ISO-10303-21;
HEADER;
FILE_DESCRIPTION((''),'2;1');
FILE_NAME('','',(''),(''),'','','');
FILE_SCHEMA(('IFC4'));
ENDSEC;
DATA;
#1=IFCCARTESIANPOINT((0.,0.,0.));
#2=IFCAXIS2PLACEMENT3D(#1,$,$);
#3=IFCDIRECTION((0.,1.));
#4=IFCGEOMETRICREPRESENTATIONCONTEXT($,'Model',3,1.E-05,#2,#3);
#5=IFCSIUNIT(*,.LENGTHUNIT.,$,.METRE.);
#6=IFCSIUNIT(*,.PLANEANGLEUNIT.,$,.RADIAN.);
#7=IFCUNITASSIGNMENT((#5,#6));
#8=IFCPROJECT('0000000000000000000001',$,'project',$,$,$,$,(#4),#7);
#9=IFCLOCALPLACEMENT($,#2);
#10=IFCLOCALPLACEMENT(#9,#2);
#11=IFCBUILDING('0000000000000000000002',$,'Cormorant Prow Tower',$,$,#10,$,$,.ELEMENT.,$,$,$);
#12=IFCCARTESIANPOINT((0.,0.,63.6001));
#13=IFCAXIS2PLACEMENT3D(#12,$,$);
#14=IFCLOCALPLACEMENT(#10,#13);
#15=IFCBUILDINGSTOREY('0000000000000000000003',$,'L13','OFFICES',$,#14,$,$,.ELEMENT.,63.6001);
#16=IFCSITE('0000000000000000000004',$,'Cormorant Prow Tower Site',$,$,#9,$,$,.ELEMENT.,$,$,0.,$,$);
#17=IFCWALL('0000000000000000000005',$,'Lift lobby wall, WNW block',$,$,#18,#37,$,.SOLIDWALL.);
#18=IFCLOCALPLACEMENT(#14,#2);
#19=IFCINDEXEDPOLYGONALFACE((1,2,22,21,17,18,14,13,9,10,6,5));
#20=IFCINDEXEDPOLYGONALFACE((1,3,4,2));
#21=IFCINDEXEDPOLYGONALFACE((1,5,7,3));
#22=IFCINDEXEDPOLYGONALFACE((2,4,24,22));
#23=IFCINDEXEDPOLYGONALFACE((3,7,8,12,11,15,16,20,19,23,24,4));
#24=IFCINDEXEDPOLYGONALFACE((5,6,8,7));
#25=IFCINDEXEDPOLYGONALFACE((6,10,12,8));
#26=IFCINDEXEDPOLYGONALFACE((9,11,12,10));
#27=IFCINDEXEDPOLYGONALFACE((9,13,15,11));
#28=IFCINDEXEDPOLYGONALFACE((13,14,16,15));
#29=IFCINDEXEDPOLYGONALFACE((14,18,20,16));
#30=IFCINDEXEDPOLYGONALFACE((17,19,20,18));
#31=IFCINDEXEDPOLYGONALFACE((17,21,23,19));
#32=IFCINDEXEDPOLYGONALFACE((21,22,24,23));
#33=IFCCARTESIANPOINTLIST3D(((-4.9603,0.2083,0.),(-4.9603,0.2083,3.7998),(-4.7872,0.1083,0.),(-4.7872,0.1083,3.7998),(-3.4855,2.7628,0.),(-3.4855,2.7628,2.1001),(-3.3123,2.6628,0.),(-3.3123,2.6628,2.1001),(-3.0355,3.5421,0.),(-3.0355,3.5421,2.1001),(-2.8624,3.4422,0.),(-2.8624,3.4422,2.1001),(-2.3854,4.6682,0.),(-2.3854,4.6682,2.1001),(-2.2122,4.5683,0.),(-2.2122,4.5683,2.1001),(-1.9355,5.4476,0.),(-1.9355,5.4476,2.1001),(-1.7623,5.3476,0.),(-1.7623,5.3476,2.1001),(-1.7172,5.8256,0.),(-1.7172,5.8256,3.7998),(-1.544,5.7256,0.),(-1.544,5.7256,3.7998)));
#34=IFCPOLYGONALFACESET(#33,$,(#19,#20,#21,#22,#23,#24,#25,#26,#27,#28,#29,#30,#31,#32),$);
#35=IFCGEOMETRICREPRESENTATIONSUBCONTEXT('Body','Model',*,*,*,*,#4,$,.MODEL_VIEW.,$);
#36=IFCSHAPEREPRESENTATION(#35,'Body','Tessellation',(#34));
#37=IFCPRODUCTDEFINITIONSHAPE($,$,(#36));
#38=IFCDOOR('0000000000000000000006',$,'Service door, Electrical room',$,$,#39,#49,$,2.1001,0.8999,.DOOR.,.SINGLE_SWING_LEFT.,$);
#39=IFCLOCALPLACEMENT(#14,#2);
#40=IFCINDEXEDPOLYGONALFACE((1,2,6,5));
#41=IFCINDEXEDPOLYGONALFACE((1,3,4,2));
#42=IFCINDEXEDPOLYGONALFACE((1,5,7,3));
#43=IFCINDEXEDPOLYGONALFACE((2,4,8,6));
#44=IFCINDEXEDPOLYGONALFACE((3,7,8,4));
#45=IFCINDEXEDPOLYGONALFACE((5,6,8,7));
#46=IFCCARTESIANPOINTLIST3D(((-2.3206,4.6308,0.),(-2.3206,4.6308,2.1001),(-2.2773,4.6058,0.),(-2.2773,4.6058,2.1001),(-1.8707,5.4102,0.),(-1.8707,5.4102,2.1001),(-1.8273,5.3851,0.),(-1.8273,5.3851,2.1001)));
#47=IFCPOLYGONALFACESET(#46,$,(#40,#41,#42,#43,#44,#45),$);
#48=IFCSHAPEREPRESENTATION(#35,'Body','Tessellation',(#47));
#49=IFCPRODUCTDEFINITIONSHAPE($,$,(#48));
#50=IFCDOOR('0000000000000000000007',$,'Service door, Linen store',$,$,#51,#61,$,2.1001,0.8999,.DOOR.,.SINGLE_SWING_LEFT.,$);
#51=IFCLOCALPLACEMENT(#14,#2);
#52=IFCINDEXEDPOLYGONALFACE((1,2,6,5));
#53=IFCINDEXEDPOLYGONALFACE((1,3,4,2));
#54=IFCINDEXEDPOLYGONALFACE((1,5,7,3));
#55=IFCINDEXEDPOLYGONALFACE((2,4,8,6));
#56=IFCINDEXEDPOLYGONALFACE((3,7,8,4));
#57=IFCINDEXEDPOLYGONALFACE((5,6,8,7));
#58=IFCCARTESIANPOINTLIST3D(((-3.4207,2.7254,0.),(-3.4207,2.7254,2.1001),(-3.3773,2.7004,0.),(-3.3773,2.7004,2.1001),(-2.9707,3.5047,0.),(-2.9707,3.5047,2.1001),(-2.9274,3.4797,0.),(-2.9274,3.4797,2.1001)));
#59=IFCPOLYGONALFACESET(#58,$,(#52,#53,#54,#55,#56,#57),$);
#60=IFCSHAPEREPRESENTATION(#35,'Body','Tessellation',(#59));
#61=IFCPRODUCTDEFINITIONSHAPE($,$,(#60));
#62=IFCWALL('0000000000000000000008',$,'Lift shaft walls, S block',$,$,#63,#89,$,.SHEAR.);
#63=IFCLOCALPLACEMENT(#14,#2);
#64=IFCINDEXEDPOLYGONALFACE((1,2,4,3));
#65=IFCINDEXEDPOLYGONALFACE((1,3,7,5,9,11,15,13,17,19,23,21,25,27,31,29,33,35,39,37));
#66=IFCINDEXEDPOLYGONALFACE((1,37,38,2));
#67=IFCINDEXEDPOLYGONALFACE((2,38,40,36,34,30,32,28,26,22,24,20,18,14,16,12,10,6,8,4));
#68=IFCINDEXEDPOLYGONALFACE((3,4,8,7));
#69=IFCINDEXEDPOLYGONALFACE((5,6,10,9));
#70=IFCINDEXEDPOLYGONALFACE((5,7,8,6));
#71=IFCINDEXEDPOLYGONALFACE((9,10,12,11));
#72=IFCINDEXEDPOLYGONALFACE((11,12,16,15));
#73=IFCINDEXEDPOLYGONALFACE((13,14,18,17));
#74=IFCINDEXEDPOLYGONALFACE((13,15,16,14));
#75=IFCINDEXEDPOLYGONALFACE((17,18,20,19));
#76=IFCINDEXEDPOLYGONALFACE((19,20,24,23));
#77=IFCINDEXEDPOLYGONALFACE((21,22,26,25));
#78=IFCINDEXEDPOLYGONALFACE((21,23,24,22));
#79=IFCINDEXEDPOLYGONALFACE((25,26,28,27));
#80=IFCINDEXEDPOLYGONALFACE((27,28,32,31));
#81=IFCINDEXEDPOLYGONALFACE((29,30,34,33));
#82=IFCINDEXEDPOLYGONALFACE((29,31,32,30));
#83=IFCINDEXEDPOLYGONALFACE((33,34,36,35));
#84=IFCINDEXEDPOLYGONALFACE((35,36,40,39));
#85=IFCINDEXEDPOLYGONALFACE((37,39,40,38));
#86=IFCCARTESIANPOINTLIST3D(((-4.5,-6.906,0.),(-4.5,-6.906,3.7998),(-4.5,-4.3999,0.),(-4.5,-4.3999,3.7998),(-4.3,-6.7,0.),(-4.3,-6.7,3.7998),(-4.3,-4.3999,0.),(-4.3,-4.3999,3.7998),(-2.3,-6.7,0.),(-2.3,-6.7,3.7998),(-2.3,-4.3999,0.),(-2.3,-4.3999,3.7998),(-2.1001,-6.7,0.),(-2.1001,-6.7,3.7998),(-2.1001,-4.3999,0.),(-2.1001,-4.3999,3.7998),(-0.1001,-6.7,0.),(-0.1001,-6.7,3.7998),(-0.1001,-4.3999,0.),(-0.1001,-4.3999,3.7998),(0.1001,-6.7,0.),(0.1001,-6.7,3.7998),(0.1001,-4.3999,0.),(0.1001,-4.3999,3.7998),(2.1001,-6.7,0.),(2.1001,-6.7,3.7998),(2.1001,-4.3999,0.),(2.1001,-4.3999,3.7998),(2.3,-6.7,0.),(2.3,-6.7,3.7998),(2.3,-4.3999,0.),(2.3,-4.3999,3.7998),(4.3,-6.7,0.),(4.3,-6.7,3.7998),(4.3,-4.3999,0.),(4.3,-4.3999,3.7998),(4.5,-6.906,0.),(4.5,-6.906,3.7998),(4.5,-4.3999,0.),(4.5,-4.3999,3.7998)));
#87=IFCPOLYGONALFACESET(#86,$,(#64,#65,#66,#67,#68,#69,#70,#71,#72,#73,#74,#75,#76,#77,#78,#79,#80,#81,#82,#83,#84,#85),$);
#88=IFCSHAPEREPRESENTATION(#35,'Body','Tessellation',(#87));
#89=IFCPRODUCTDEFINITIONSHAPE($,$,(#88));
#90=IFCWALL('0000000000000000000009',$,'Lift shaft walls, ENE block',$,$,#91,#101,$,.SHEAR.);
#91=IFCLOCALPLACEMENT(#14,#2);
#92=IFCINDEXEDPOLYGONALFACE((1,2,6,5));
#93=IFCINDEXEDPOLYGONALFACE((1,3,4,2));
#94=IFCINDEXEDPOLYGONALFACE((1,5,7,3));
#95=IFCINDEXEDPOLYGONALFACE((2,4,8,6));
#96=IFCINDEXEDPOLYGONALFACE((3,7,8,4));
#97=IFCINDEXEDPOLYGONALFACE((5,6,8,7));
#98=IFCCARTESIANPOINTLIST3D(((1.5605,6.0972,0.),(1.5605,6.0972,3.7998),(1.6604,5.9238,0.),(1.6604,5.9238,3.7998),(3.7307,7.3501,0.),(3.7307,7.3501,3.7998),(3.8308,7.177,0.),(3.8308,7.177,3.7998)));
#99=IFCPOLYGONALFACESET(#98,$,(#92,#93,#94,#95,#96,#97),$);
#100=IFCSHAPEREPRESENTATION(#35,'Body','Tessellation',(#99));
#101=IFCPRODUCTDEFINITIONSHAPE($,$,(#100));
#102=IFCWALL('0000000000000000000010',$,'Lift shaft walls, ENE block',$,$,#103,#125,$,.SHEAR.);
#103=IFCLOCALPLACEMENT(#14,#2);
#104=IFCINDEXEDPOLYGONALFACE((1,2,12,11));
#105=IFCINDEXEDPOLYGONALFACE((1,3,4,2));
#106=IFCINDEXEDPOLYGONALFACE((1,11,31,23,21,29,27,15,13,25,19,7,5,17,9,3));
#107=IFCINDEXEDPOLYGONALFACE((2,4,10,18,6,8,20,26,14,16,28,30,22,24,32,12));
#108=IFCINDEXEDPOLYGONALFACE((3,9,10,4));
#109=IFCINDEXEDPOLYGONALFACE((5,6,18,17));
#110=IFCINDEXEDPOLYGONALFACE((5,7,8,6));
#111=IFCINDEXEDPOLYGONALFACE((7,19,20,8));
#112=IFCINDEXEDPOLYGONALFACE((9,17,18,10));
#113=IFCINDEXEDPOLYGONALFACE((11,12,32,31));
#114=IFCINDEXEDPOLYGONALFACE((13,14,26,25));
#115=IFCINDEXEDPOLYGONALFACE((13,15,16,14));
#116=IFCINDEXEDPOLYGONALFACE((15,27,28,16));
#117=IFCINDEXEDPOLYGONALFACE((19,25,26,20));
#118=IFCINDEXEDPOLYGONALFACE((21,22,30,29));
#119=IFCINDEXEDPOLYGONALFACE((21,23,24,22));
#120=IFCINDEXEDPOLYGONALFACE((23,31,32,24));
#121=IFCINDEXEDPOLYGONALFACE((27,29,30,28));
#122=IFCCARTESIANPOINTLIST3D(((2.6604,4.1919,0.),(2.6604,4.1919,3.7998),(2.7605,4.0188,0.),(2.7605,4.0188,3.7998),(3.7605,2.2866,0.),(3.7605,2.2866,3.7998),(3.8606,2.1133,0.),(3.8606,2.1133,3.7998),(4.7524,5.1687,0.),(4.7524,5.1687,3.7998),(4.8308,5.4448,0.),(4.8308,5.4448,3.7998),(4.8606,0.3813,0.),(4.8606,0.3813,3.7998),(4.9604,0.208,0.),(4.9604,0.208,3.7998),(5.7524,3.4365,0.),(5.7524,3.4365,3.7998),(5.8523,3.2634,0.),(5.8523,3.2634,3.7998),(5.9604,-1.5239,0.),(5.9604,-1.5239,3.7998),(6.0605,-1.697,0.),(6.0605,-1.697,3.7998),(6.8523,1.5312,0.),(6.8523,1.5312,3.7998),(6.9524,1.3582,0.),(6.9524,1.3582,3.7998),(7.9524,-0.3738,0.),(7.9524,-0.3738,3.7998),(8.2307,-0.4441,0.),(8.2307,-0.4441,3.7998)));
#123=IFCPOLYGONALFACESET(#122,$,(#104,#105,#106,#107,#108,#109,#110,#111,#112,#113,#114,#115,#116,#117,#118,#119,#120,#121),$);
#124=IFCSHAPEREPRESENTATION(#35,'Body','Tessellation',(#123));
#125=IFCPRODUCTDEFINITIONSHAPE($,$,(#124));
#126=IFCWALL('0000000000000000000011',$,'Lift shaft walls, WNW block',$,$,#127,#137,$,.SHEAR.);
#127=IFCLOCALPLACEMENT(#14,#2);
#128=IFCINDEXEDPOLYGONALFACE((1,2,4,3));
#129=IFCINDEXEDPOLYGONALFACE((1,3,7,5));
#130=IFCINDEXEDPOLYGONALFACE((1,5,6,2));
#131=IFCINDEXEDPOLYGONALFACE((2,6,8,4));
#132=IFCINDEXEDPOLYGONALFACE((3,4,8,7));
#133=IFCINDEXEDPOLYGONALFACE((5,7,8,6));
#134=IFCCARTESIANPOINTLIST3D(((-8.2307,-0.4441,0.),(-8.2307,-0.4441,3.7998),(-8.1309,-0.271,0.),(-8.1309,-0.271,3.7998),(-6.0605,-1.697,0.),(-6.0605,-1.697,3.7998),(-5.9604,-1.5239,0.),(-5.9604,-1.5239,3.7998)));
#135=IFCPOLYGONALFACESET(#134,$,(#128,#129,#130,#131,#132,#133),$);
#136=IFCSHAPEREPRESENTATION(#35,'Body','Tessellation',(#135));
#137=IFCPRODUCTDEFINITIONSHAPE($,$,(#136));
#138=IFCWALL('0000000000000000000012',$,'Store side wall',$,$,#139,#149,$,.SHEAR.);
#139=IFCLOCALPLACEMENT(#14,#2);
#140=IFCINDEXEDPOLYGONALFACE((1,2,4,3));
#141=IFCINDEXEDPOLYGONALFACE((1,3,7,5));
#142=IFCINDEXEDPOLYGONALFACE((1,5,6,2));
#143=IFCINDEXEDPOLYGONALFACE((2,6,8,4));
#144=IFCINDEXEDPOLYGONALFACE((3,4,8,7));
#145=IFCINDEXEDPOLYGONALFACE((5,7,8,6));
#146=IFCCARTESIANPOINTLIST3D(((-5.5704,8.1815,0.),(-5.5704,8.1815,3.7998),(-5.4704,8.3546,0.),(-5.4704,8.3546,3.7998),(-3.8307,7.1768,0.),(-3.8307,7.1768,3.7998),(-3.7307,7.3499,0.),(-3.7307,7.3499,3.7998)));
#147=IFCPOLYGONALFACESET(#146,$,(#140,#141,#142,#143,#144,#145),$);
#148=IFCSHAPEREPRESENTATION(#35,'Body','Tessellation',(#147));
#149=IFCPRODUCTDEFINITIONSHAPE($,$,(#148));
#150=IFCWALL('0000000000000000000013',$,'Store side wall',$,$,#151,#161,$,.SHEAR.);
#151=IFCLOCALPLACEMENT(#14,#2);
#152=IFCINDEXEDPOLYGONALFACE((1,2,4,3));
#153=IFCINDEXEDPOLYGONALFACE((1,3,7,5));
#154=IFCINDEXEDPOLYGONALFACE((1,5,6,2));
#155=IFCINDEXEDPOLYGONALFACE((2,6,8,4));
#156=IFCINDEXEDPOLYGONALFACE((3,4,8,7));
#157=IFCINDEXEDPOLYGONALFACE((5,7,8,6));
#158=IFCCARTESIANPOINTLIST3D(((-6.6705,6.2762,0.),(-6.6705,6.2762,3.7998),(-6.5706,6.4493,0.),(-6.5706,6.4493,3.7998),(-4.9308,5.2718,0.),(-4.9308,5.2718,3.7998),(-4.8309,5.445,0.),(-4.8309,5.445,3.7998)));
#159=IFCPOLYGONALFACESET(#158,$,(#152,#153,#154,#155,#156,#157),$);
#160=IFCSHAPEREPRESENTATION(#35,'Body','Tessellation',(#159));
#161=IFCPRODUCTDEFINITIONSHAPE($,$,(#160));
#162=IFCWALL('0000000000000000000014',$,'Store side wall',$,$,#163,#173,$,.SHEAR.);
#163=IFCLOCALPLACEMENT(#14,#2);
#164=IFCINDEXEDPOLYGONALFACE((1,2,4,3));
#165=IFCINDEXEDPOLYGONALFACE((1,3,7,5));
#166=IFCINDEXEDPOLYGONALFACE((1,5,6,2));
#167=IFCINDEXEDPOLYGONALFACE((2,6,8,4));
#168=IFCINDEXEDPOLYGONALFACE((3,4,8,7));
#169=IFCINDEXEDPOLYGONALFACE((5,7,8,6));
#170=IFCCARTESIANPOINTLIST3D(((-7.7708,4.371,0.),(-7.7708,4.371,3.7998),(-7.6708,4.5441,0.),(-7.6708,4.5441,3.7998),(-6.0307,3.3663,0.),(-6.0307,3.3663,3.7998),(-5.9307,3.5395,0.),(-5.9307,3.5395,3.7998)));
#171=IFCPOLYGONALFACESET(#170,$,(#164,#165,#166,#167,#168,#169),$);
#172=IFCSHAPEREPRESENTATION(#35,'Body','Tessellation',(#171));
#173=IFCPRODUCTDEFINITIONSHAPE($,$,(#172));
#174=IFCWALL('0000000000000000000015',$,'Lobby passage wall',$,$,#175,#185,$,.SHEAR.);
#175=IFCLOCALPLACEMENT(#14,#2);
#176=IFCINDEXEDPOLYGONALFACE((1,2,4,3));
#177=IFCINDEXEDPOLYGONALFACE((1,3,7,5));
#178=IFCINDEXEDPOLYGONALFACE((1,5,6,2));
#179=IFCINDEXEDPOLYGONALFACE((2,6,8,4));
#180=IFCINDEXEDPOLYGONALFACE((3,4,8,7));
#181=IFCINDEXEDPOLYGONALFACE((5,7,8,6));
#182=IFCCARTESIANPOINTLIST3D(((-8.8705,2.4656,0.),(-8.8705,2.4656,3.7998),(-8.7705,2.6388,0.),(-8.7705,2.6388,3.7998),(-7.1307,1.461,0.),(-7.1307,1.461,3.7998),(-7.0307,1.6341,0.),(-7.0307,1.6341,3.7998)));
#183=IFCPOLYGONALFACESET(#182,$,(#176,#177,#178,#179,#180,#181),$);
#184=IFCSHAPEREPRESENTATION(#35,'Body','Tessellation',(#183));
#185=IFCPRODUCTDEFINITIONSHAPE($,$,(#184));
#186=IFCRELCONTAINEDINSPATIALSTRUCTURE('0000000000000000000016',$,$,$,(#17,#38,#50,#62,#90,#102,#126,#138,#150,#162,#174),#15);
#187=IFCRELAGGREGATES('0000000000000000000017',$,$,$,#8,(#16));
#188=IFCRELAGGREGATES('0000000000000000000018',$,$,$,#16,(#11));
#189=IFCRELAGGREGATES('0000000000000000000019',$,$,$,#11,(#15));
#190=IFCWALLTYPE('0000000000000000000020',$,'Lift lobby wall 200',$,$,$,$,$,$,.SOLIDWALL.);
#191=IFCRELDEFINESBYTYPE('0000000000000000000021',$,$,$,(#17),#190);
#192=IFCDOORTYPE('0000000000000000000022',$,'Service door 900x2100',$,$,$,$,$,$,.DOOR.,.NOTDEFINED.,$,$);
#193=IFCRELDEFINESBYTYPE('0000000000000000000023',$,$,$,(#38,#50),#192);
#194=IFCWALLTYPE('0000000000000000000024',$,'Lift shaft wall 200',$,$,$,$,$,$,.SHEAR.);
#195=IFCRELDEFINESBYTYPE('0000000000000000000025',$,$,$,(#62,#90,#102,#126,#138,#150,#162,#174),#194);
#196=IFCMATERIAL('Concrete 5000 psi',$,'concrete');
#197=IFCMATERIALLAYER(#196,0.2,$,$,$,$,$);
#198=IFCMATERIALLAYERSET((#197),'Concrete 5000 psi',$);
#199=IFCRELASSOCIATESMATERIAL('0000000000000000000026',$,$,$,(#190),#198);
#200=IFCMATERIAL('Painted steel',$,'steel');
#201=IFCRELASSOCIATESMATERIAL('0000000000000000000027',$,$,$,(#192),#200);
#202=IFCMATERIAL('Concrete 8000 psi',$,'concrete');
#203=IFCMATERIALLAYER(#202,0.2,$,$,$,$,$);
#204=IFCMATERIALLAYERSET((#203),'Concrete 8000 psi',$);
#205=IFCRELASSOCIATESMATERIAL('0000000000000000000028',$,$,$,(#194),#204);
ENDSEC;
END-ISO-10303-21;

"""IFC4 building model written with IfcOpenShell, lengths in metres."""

from ifc_helpers import new_model, si_unit, direction, frame, frame_2d, origin, place, context, subcontext, project, spatial, polyline, rectangle, outline, extrude, material, layer, layer_set, type_object, element, fill, save


model = new_model("IFC4")

# Units and contexts
model_context = context("Model", 3, precision=1e-05, world=origin(), true_north=direction((0.0, 1.0)))
body_context = subcontext(model_context, "Body", "Model", "MODEL_VIEW")
ifc_project = project(units=[si_unit("LENGTHUNIT", "METRE"), si_unit("PLANEANGLEUNIT", "RADIAN")], contexts=[model_context])

# Site, building, storey
site_placement = place(None, origin())
site = spatial("IfcSite", under=ifc_project, at=site_placement, Name="Cormorant Prow Tower Site", CompositionType="ELEMENT", RefElevation=0.0)
building_placement = place(site_placement, origin())
building = spatial("IfcBuilding", under=site, at=building_placement, Name="Cormorant Prow Tower", CompositionType="ELEMENT")
storey_placement = place(building_placement, frame((0.0, 0.0, 63.6001)))
storey = spatial("IfcBuildingStorey", under=building, at=storey_placement, Name="L13", Description="OFFICES", CompositionType="ELEMENT", Elevation=63.6001)

# Wall, openings, doors
ifc_material_1 = material(Name="Concrete 5000 psi", Category="concrete")
ifc_layer_1 = layer(ifc_material_1, 0.2)
ifc_layer_set_1 = layer_set([ifc_layer_1], Name="Concrete 5000 psi")
wall_type_1 = type_object("IfcWallType", Name="Lift lobby wall 200", PredefinedType="SOLIDWALL", material=ifc_layer_set_1)
wall_1_placement = place(storey_placement, frame((-1.6306, 5.7756, 0.0), z_axis=(0.0, 0.0, 1.0), x_axis=(-0.499993, -0.86603, 0.0)))
wall_1 = element("IfcWall", 1, at=wall_1_placement, inside=storey, type_object=wall_type_1, Name="Lift lobby wall, WNW block", PredefinedType="SOLIDWALL", context=body_context, shape_type="SweptSolid", body=[
    extrude(rectangle(XDim=6.4863, YDim=0.2, at=frame_2d((3.2432, 0.0))), origin(), (0.0, 0.0, 1.0), 3.7998),
])
opening_1_placement = place(wall_1_placement, frame((0.4365, 0.0, 0.0)))
opening_1 = element("IfcOpeningElement", 2, at=opening_1_placement, cuts=wall_1, PredefinedType="OPENING", context=body_context, shape_type="SweptSolid", body=[
    extrude(rectangle(XDim=0.8999, YDim=2.1001, at=frame_2d((0.45, 1.05))), frame((0.0, 0.1099, 0.0), z_axis=(0.0, -1.0, 0.0), x_axis=(1.0, 0.0, 0.0)), (0.0, 0.0, 1.0), 0.22),
])
opening_2_placement = place(wall_1_placement, frame((2.6367, 0.0, 0.0)))
opening_2 = element("IfcOpeningElement", 3, at=opening_2_placement, cuts=wall_1, PredefinedType="OPENING", context=body_context, shape_type="SweptSolid", body=[
    extrude(rectangle(XDim=0.8999, YDim=2.1001, at=frame_2d((0.45, 1.05))), frame((0.0, 0.1099, 0.0), z_axis=(0.0, -1.0, 0.0), x_axis=(1.0, 0.0, 0.0)), (0.0, 0.0, 1.0), 0.22),
])
ifc_material_2 = material(Name="Painted steel", Category="steel")
door_type_1 = type_object("IfcDoorType", Name="Service door 900x2100", OperationType="NOTDEFINED", PredefinedType="DOOR", material=ifc_material_2)
door_1_placement = place(opening_1_placement, origin())
door_1 = element("IfcDoor", 4, at=door_1_placement, inside=storey, type_object=door_type_1, Name="Service door, Electrical room", OperationType="SINGLE_SWING_LEFT", OverallHeight=2.1001, OverallWidth=0.8999, PredefinedType="DOOR", context=body_context, shape_type="SweptSolid", body=[
    extrude(rectangle(XDim=0.8999, YDim=2.1001, at=frame_2d((0.45, 1.05))), frame((0.0, 0.0249, 0.0), z_axis=(0.0, -1.0, 0.0), x_axis=(1.0, 0.0, 0.0)), (0.0, 0.0, 1.0), 0.05),
])
fill(opening_1, door_1)
door_2_placement = place(opening_2_placement, origin())
door_2 = element("IfcDoor", 5, at=door_2_placement, inside=storey, type_object=door_type_1, Name="Service door, Linen store", OperationType="SINGLE_SWING_LEFT", OverallHeight=2.1001, OverallWidth=0.8999, PredefinedType="DOOR", context=body_context, shape_type="SweptSolid", body=[
    extrude(rectangle(XDim=0.8999, YDim=2.1001, at=frame_2d((0.45, 1.05))), frame((0.0, 0.0249, 0.0), z_axis=(0.0, -1.0, 0.0), x_axis=(1.0, 0.0, 0.0)), (0.0, 0.0, 1.0), 0.05),
])
fill(opening_2, door_2)

# Walls
ifc_material_3 = material(Name="Concrete 8000 psi", Category="concrete")
ifc_layer_2 = layer(ifc_material_3, 0.2)
ifc_layer_set_2 = layer_set([ifc_layer_2], Name="Concrete 8000 psi")
wall_type_2 = type_object("IfcWallType", Name="Lift shaft wall 200", PredefinedType="SHEAR", material=ifc_layer_set_2)
wall_2_placement = place(storey_placement, origin())
element("IfcWall", 6, at=wall_2_placement, inside=storey, type_object=wall_type_2, Name="Lift shaft walls, S block", PredefinedType="SHEAR", context=body_context, shape_type="SweptSolid", body=[
    extrude(outline(polyline([(4.5, -4.3999), (4.5, -6.906), (-4.5, -6.906), (-4.5, -4.3999), (-4.3, -4.3999), (-4.3, -6.7), (-2.3, -6.7), (-2.3, -4.3999), (-2.1001, -4.3999), (-2.1001, -6.7), (-0.1001, -6.7), (-0.1001, -4.3999), (0.1001, -4.3999), (0.1001, -6.7), (2.1001, -6.7), (2.1001, -4.3999), (2.3, -4.3999), (2.3, -6.7), (4.3, -6.7), (4.3, -4.3999), (4.5, -4.3999)])), origin(), (0.0, 0.0, 1.0), 3.7998),
])
wall_3_placement = place(storey_placement, origin())
element("IfcWall", 7, at=wall_3_placement, inside=storey, type_object=wall_type_2, Name="Lift shaft walls, ENE block", PredefinedType="SHEAR", context=body_context, shape_type="SweptSolid", body=[
    extrude(outline(polyline([(1.5605, 6.0972), (3.7307, 7.3501), (3.8308, 7.177), (1.6604, 5.9238), (1.5605, 6.0972)])), origin(), (0.0, 0.0, 1.0), 3.7998),
])
wall_4_placement = place(storey_placement, origin())
element("IfcWall", 8, at=wall_4_placement, inside=storey, type_object=wall_type_2, Name="Lift shaft walls, ENE block", PredefinedType="SHEAR", context=body_context, shape_type="SweptSolid", body=[
    extrude(outline(polyline([(2.6604, 4.1919), (4.8308, 5.4448), (8.2307, -0.4441), (6.0605, -1.697), (5.9604, -1.5239), (7.9524, -0.3738), (6.9524, 1.3582), (4.9604, 0.208), (4.8606, 0.3813), (6.8523, 1.5312), (5.8523, 3.2634), (3.8606, 2.1133), (3.7605, 2.2866), (5.7524, 3.4365), (4.7524, 5.1687), (2.7605, 4.0188), (2.6604, 4.1919)])), origin(), (0.0, 0.0, 1.0), 3.7998),
])
wall_5_placement = place(storey_placement, origin())
element("IfcWall", 9, at=wall_5_placement, inside=storey, type_object=wall_type_2, Name="Lift shaft walls, WNW block", PredefinedType="SHEAR", context=body_context, shape_type="SweptSolid", body=[
    extrude(outline(polyline([(-6.0605, -1.697), (-8.2307, -0.4441), (-8.1309, -0.271), (-5.9604, -1.5239), (-6.0605, -1.697)])), origin(), (0.0, 0.0, 1.0), 3.7998),
])
wall_6_placement = place(storey_placement, frame((-3.7808, 7.2634, 0.0), z_axis=(0.0, 0.0, 1.0), x_axis=(-0.865983, 0.500073, 0.0)))
element("IfcWall", 10, at=wall_6_placement, inside=storey, type_object=wall_type_2, Name="Store side wall", PredefinedType="SHEAR", context=body_context, shape_type="SweptSolid", body=[
    extrude(rectangle(XDim=2.009, YDim=0.2, at=frame_2d((1.0044, 0.0))), origin(), (0.0, 0.0, 1.0), 3.7998),
])
wall_7_placement = place(storey_placement, frame((-4.8809, 5.3584, 0.0), z_axis=(0.0, 0.0, 1.0), x_axis=(-0.866036, 0.499982, 0.0)))
element("IfcWall", 11, at=wall_7_placement, inside=storey, type_object=wall_type_2, Name="Store side wall", PredefinedType="SHEAR", context=body_context, shape_type="SweptSolid", body=[
    extrude(rectangle(XDim=2.0088, YDim=0.2, at=frame_2d((1.0044, 0.0))), origin(), (0.0, 0.0, 1.0), 3.7998),
])
wall_8_placement = place(storey_placement, frame((-5.9807, 3.4529, 0.0), z_axis=(0.0, 0.0, 1.0), x_axis=(-0.866014, 0.50002, 0.0)))
element("IfcWall", 12, at=wall_8_placement, inside=storey, type_object=wall_type_2, Name="Store side wall", PredefinedType="SHEAR", context=body_context, shape_type="SweptSolid", body=[
    extrude(rectangle(XDim=2.0093, YDim=0.2, at=frame_2d((1.0046, 0.0))), origin(), (0.0, 0.0, 1.0), 3.7998),
])
wall_9_placement = place(storey_placement, frame((-7.0808, 1.5476, 0.0), z_axis=(0.0, 0.0, 1.0), x_axis=(-0.865983, 0.500073, 0.0)))
element("IfcWall", 13, at=wall_9_placement, inside=storey, type_object=wall_type_2, Name="Lobby passage wall", PredefinedType="SHEAR", context=body_context, shape_type="SweptSolid", body=[
    extrude(rectangle(XDim=2.009, YDim=0.2, at=frame_2d((1.0044, 0.0))), origin(), (0.0, 0.0, 1.0), 3.7998),
])

save(model, "model.ifc")
